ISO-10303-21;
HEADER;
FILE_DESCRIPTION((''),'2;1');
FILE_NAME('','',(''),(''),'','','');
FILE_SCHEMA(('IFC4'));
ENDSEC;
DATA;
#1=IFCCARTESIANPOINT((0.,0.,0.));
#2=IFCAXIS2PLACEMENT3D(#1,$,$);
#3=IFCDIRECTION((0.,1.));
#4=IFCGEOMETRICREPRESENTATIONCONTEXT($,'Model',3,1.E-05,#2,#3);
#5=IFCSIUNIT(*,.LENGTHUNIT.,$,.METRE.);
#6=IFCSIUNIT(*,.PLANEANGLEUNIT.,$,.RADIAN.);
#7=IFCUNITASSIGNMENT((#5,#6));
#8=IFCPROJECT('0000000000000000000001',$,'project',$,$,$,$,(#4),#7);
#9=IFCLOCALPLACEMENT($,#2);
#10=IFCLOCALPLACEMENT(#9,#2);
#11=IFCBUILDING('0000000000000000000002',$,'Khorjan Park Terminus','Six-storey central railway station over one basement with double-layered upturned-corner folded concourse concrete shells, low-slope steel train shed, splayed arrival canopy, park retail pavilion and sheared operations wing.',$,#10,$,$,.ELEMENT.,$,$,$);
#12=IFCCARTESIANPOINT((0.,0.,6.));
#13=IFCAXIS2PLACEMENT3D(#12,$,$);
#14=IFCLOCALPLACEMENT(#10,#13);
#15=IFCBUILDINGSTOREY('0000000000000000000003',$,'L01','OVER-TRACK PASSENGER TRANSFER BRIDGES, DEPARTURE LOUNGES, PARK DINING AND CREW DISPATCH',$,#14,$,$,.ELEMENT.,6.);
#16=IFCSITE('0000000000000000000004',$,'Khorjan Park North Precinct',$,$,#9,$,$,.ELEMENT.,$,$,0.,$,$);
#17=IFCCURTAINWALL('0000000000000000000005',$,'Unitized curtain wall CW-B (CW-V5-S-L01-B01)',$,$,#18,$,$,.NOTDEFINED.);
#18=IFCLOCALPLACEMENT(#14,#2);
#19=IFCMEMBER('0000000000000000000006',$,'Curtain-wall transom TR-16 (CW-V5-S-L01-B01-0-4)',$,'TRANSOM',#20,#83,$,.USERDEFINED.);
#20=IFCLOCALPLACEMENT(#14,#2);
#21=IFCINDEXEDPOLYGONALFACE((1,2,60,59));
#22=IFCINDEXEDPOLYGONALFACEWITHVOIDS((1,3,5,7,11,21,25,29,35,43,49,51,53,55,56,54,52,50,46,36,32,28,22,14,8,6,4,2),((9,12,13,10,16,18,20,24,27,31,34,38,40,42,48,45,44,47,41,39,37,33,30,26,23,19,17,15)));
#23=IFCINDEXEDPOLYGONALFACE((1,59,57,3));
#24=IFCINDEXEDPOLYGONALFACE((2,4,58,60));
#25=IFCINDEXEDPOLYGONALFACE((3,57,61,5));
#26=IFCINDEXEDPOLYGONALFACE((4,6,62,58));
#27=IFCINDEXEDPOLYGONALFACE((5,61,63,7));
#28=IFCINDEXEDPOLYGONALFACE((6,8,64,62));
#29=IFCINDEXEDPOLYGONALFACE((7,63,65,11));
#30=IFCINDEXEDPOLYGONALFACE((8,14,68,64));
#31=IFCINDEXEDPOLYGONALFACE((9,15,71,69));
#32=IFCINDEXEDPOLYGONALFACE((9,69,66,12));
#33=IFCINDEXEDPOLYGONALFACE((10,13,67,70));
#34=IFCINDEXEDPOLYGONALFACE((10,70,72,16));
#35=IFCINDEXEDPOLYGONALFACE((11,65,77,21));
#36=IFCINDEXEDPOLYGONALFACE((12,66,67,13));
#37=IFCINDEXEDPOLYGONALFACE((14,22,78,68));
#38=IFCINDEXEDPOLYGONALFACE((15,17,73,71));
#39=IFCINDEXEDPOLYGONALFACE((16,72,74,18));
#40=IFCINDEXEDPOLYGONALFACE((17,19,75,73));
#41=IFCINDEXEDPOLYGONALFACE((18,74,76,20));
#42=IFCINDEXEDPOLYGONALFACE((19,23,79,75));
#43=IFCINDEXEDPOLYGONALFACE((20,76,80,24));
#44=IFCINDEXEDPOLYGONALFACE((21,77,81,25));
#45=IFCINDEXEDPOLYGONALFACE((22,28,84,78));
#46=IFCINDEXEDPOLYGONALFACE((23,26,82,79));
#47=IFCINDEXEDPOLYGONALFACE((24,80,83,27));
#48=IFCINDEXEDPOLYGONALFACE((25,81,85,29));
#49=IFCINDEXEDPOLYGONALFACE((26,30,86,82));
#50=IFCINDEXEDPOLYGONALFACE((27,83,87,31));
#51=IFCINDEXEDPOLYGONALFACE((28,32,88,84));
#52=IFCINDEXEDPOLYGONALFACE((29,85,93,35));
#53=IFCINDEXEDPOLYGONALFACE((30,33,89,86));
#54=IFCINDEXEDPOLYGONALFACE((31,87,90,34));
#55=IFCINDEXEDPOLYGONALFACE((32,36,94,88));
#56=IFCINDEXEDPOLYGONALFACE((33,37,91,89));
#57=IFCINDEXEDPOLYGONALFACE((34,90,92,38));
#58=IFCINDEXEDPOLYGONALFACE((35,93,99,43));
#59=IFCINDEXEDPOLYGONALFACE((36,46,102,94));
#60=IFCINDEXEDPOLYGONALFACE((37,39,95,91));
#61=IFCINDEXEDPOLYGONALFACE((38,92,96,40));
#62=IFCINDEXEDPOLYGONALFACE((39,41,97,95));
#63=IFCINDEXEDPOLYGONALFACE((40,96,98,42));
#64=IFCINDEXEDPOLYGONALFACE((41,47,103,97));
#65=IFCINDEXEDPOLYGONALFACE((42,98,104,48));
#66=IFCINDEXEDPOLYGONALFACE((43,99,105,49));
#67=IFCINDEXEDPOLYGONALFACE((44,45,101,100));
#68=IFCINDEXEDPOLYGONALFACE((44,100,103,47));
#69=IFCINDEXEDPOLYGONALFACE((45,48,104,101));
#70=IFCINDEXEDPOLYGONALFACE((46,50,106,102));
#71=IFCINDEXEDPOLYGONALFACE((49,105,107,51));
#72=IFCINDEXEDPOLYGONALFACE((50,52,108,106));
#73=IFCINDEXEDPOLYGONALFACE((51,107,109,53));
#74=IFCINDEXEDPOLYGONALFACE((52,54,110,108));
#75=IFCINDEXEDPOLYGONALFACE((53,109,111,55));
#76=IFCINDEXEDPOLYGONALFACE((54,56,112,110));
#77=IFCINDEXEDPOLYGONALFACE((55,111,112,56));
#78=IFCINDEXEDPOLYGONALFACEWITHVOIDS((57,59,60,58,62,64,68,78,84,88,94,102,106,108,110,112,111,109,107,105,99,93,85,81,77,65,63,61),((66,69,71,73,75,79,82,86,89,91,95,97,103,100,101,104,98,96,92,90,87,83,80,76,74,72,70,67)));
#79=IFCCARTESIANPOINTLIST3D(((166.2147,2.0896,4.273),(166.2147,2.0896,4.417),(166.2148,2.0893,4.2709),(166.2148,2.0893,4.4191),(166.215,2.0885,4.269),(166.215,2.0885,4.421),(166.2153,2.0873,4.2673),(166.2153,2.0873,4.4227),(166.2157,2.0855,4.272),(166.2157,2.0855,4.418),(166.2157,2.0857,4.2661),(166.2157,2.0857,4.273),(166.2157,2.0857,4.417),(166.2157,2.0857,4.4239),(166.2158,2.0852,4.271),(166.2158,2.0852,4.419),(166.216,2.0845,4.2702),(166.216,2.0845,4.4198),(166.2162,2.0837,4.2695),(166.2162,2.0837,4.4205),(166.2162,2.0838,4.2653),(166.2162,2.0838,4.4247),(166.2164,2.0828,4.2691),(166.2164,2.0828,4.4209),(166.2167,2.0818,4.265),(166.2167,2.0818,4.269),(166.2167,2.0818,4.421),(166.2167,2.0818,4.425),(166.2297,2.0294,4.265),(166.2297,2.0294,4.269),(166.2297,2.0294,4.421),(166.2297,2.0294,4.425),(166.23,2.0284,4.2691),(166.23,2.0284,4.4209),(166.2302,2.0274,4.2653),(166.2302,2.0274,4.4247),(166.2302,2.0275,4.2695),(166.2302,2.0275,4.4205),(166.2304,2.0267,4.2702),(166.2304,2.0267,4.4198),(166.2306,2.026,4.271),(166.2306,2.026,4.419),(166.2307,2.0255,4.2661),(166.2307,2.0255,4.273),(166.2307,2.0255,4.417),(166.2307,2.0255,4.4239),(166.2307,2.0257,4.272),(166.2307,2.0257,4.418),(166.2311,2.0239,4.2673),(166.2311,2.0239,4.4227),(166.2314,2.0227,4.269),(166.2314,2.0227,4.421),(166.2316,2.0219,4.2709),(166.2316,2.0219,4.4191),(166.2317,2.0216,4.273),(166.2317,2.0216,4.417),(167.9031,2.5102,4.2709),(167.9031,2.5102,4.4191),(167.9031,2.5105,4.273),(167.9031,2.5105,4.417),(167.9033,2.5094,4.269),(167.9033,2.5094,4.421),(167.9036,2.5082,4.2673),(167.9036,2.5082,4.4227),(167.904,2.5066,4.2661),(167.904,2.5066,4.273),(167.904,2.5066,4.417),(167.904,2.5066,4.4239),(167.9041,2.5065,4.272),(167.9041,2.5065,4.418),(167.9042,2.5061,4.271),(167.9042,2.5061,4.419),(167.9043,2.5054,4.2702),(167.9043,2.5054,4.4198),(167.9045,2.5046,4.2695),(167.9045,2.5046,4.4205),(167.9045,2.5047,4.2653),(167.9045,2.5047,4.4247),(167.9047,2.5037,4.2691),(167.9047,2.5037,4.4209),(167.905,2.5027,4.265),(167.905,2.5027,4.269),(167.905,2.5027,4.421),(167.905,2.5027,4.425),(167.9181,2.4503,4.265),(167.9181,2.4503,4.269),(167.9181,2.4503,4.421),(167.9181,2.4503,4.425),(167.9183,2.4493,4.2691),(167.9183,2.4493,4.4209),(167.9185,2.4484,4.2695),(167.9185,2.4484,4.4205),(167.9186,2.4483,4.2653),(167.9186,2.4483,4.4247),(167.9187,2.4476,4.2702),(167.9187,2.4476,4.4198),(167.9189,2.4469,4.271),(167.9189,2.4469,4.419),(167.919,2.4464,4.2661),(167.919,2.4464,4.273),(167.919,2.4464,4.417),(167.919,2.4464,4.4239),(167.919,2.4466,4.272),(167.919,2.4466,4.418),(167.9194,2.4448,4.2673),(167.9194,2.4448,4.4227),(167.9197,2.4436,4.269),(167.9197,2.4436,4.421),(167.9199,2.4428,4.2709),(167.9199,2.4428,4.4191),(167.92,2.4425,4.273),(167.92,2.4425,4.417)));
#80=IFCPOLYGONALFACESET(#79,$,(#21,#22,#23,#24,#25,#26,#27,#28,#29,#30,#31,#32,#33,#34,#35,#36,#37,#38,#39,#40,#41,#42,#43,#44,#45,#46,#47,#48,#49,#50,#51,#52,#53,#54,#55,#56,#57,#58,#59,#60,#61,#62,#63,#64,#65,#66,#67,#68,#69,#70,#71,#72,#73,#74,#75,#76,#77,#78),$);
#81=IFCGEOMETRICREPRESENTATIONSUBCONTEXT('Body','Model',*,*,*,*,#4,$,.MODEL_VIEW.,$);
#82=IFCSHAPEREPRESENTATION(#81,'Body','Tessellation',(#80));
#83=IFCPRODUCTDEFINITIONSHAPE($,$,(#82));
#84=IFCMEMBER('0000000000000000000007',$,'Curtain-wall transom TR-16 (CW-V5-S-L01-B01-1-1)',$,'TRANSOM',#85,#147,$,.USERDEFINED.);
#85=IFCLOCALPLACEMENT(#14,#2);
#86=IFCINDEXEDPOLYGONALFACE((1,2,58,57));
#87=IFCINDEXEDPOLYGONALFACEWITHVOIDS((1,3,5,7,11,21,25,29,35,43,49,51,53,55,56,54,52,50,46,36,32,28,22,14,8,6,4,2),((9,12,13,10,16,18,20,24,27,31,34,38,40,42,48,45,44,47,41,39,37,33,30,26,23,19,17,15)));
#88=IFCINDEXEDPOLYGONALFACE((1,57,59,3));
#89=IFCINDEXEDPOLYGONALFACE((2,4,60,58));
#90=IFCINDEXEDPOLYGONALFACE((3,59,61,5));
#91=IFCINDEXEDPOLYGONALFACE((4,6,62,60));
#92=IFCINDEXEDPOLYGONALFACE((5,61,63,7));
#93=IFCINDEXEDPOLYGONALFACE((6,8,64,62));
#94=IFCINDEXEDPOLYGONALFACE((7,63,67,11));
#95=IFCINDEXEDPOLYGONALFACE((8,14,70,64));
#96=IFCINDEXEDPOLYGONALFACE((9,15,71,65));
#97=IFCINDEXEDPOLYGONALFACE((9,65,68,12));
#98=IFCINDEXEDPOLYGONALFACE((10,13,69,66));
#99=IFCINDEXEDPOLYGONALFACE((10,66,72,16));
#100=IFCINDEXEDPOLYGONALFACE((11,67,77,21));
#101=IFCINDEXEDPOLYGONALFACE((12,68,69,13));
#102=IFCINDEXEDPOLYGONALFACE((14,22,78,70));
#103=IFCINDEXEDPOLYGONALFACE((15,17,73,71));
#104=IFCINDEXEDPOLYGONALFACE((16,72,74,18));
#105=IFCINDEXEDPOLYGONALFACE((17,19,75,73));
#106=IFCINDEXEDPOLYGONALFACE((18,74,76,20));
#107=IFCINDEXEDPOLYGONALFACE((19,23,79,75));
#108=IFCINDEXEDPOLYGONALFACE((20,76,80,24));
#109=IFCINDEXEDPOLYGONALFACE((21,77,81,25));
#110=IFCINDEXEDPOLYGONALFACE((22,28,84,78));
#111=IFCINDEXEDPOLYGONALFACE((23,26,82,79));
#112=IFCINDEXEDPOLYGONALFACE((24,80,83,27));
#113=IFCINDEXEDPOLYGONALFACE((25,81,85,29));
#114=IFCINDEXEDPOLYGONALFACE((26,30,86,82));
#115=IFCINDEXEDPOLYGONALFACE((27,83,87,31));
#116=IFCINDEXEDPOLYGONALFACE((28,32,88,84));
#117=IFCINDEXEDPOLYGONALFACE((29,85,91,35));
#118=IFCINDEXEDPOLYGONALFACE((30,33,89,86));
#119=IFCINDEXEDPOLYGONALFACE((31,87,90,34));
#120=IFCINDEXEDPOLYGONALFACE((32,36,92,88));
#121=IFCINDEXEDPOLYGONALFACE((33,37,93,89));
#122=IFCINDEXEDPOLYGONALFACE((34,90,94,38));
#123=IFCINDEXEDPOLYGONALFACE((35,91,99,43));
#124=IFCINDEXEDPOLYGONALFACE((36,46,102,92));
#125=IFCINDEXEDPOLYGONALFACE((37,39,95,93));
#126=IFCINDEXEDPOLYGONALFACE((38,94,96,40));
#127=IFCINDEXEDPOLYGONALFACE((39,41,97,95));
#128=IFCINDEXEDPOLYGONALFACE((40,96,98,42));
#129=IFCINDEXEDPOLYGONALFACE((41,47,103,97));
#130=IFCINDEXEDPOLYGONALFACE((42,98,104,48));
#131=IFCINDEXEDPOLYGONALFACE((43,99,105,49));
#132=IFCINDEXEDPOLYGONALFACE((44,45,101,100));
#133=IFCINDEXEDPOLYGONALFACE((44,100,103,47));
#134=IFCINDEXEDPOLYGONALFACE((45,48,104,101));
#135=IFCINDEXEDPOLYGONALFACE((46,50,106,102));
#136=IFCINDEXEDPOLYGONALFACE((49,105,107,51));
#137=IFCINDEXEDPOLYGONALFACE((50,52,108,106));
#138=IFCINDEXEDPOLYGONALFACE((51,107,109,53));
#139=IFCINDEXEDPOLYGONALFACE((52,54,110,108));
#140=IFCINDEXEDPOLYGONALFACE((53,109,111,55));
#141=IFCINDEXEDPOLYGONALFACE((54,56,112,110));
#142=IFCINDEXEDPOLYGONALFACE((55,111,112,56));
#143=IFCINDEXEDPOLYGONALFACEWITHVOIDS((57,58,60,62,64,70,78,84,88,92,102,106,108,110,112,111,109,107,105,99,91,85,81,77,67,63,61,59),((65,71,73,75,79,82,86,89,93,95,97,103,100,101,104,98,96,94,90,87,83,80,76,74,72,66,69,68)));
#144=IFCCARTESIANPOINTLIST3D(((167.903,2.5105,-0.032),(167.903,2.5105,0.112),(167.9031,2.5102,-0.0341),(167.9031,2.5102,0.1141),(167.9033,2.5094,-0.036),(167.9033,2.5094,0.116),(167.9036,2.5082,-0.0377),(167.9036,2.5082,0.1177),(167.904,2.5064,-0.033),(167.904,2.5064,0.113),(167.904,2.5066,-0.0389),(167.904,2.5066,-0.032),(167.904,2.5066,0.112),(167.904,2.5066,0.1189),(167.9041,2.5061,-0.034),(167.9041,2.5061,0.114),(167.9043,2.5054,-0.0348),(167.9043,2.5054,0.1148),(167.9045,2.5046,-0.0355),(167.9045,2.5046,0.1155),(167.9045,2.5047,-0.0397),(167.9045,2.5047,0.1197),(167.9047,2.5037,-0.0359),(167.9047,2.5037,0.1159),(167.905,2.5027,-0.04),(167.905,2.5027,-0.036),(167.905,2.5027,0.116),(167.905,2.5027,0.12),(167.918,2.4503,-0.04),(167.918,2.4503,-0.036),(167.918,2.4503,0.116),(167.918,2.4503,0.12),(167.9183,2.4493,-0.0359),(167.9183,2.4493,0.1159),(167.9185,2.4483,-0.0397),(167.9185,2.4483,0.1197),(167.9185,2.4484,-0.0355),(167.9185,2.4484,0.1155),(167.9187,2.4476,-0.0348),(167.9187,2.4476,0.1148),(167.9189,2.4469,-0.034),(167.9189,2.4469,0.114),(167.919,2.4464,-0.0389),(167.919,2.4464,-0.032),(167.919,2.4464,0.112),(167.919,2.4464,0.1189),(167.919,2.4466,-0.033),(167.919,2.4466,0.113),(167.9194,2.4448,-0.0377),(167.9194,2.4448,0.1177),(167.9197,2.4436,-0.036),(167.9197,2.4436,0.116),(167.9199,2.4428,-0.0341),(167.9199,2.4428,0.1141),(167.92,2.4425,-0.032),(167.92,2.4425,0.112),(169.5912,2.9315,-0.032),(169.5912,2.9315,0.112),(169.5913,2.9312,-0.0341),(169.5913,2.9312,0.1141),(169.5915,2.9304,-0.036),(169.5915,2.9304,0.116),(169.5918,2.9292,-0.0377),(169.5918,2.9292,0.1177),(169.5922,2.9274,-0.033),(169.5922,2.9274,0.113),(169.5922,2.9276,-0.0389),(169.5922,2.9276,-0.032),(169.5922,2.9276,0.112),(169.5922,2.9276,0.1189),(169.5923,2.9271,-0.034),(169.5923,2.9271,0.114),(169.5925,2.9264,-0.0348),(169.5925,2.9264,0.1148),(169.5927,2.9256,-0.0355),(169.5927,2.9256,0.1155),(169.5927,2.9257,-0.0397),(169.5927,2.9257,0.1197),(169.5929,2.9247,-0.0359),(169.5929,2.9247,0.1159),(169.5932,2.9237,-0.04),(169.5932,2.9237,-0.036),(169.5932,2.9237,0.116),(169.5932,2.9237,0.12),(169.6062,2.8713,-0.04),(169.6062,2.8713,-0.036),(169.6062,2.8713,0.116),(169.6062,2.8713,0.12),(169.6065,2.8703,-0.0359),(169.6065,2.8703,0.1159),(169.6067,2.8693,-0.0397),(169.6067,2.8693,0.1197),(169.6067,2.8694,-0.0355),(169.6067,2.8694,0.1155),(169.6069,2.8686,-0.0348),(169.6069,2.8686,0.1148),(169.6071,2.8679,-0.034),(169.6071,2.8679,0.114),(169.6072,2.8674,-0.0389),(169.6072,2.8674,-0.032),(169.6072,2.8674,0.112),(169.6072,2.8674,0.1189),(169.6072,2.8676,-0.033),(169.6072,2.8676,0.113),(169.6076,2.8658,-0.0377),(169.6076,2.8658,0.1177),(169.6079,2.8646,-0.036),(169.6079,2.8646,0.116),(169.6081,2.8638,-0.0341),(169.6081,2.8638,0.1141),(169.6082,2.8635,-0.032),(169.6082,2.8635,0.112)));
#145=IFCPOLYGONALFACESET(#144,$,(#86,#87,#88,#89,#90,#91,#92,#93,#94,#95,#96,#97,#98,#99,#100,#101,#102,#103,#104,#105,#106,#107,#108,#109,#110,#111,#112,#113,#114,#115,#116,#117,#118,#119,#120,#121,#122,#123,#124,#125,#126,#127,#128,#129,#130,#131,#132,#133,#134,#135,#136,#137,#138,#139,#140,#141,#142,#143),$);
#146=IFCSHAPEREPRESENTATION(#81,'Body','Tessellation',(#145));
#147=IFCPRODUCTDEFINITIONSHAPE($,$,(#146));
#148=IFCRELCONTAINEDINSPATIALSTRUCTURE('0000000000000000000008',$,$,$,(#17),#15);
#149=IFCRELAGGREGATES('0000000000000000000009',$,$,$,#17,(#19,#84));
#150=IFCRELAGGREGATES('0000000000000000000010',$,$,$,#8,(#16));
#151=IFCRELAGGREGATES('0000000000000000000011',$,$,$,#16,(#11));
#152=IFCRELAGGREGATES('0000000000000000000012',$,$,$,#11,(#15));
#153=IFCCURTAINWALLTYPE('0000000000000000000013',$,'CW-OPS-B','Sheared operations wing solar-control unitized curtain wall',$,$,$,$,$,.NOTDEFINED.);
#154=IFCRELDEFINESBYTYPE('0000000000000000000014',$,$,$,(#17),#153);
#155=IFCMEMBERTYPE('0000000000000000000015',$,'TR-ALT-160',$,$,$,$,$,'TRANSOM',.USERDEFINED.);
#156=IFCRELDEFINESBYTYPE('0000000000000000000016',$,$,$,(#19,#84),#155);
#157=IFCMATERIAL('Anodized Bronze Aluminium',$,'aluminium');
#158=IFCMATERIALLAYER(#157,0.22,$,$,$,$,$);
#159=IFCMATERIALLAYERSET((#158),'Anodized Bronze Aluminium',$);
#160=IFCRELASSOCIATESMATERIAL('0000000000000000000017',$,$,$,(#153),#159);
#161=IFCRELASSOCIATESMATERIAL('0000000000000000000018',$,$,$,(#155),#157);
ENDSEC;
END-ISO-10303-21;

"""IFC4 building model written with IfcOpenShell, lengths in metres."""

from ifc_helpers import new_model, si_unit, direction, frame, origin, origin_2d, place, context, subcontext, project, spatial, hollow_rectangle, extrude, material, layer, layer_set, material_profile, profile_set, type_object, element, aggregate, save


model = new_model("IFC4")

# Units and contexts
model_context = context("Model", 3, precision=1e-05, world=origin(), true_north=direction((0.0, 1.0)))
body_context = subcontext(model_context, "Body", "Model", "MODEL_VIEW")
ifc_project = project(units=[si_unit("LENGTHUNIT", "METRE"), si_unit("PLANEANGLEUNIT", "RADIAN")], contexts=[model_context])

# Site, building, storey
site_placement = place(None, origin())
site = spatial("IfcSite", under=ifc_project, at=site_placement, Name="Khorjan Park North Precinct", CompositionType="ELEMENT", RefElevation=0.0)
building_placement = place(site_placement, origin())
building = spatial("IfcBuilding", under=site, at=building_placement, Name="Khorjan Park Terminus", Description="Six-storey central railway station over one basement with double-layered upturned-corner folded concourse concrete shells, low-slope steel train shed, splayed arrival canopy, park retail pavilion and sheared operations wing.", CompositionType="ELEMENT")
storey_placement = place(building_placement, frame((0.0, 0.0, 6.0)))
storey = spatial("IfcBuildingStorey", under=building, at=storey_placement, Name="L01", Description="OVER-TRACK PASSENGER TRANSFER BRIDGES, DEPARTURE LOUNGES, PARK DINING AND CREW DISPATCH", CompositionType="ELEMENT", Elevation=6.0)

# Curtain wall, members
ifc_material_1 = material(Name="Anodized Bronze Aluminium", Category="aluminium")
ifc_layer_1 = layer(ifc_material_1, 0.22)
ifc_layer_set_1 = layer_set([ifc_layer_1], Name="Anodized Bronze Aluminium")
curtain_wall_type = type_object("IfcCurtainWallType", Name="CW-OPS-B", Description="Sheared operations wing solar-control unitized curtain wall", PredefinedType="NOTDEFINED", material=ifc_layer_set_1)
curtain_wall_placement = place(storey_placement, origin())
curtain_wall = element("IfcCurtainWall", 1, at=curtain_wall_placement, inside=storey, type_object=curtain_wall_type, Name="Unitized curtain wall CW-B (CW-V5-S-L01-B01)", PredefinedType="NOTDEFINED")
ifc_material_profile_1 = material_profile(ifc_material_1, hollow_rectangle(XDim=0.07, YDim=0.16, WallThickness=0.004, InnerFilletRadius=0.004, OuterFilletRadius=0.008, at=origin_2d()), Name="ALT 70x160x4")
ifc_profile_set_1 = profile_set([ifc_material_profile_1], Name="Anodized Bronze Aluminium")
member_type_1 = type_object("IfcMemberType", Name="TR-ALT-160", ElementType="TRANSOM", PredefinedType="USERDEFINED", material=ifc_profile_set_1)
member_1_placement = place(storey_placement, frame((166.2232, 2.0556, 4.345), z_axis=(0.970301, 0.2419, 0.0), x_axis=(-0.2419, 0.970301, 0.0)))
member_1 = element("IfcMember", 2, at=member_1_placement, type_object=member_type_1, Name="Curtain-wall transom TR-16 (CW-V5-S-L01-B01-0-4)", ObjectType="TRANSOM", PredefinedType="USERDEFINED", context=body_context, shape_type="SweptSolid", body=[
    extrude(hollow_rectangle(XDim=0.07, YDim=0.16, WallThickness=0.004, InnerFilletRadius=0.004, OuterFilletRadius=0.008, at=origin_2d()), origin(), (0.0, 0.0, 1.0), 1.74),
])
member_2_placement = place(storey_placement, frame((167.9115, 2.4765, 0.04), z_axis=(0.970284, 0.241968, 0.0), x_axis=(-0.241968, 0.970284, 0.0)))
member_2 = element("IfcMember", 3, at=member_2_placement, type_object=member_type_1, Name="Curtain-wall transom TR-16 (CW-V5-S-L01-B01-1-1)", ObjectType="TRANSOM", PredefinedType="USERDEFINED", context=body_context, shape_type="SweptSolid", body=[
    extrude(hollow_rectangle(XDim=0.07, YDim=0.16, WallThickness=0.004, InnerFilletRadius=0.004, OuterFilletRadius=0.008, at=origin_2d()), origin(), (0.0, 0.0, 1.0), 1.7399),
])
aggregate(curtain_wall, [member_1, member_2])

save(model, "model.ifc")
